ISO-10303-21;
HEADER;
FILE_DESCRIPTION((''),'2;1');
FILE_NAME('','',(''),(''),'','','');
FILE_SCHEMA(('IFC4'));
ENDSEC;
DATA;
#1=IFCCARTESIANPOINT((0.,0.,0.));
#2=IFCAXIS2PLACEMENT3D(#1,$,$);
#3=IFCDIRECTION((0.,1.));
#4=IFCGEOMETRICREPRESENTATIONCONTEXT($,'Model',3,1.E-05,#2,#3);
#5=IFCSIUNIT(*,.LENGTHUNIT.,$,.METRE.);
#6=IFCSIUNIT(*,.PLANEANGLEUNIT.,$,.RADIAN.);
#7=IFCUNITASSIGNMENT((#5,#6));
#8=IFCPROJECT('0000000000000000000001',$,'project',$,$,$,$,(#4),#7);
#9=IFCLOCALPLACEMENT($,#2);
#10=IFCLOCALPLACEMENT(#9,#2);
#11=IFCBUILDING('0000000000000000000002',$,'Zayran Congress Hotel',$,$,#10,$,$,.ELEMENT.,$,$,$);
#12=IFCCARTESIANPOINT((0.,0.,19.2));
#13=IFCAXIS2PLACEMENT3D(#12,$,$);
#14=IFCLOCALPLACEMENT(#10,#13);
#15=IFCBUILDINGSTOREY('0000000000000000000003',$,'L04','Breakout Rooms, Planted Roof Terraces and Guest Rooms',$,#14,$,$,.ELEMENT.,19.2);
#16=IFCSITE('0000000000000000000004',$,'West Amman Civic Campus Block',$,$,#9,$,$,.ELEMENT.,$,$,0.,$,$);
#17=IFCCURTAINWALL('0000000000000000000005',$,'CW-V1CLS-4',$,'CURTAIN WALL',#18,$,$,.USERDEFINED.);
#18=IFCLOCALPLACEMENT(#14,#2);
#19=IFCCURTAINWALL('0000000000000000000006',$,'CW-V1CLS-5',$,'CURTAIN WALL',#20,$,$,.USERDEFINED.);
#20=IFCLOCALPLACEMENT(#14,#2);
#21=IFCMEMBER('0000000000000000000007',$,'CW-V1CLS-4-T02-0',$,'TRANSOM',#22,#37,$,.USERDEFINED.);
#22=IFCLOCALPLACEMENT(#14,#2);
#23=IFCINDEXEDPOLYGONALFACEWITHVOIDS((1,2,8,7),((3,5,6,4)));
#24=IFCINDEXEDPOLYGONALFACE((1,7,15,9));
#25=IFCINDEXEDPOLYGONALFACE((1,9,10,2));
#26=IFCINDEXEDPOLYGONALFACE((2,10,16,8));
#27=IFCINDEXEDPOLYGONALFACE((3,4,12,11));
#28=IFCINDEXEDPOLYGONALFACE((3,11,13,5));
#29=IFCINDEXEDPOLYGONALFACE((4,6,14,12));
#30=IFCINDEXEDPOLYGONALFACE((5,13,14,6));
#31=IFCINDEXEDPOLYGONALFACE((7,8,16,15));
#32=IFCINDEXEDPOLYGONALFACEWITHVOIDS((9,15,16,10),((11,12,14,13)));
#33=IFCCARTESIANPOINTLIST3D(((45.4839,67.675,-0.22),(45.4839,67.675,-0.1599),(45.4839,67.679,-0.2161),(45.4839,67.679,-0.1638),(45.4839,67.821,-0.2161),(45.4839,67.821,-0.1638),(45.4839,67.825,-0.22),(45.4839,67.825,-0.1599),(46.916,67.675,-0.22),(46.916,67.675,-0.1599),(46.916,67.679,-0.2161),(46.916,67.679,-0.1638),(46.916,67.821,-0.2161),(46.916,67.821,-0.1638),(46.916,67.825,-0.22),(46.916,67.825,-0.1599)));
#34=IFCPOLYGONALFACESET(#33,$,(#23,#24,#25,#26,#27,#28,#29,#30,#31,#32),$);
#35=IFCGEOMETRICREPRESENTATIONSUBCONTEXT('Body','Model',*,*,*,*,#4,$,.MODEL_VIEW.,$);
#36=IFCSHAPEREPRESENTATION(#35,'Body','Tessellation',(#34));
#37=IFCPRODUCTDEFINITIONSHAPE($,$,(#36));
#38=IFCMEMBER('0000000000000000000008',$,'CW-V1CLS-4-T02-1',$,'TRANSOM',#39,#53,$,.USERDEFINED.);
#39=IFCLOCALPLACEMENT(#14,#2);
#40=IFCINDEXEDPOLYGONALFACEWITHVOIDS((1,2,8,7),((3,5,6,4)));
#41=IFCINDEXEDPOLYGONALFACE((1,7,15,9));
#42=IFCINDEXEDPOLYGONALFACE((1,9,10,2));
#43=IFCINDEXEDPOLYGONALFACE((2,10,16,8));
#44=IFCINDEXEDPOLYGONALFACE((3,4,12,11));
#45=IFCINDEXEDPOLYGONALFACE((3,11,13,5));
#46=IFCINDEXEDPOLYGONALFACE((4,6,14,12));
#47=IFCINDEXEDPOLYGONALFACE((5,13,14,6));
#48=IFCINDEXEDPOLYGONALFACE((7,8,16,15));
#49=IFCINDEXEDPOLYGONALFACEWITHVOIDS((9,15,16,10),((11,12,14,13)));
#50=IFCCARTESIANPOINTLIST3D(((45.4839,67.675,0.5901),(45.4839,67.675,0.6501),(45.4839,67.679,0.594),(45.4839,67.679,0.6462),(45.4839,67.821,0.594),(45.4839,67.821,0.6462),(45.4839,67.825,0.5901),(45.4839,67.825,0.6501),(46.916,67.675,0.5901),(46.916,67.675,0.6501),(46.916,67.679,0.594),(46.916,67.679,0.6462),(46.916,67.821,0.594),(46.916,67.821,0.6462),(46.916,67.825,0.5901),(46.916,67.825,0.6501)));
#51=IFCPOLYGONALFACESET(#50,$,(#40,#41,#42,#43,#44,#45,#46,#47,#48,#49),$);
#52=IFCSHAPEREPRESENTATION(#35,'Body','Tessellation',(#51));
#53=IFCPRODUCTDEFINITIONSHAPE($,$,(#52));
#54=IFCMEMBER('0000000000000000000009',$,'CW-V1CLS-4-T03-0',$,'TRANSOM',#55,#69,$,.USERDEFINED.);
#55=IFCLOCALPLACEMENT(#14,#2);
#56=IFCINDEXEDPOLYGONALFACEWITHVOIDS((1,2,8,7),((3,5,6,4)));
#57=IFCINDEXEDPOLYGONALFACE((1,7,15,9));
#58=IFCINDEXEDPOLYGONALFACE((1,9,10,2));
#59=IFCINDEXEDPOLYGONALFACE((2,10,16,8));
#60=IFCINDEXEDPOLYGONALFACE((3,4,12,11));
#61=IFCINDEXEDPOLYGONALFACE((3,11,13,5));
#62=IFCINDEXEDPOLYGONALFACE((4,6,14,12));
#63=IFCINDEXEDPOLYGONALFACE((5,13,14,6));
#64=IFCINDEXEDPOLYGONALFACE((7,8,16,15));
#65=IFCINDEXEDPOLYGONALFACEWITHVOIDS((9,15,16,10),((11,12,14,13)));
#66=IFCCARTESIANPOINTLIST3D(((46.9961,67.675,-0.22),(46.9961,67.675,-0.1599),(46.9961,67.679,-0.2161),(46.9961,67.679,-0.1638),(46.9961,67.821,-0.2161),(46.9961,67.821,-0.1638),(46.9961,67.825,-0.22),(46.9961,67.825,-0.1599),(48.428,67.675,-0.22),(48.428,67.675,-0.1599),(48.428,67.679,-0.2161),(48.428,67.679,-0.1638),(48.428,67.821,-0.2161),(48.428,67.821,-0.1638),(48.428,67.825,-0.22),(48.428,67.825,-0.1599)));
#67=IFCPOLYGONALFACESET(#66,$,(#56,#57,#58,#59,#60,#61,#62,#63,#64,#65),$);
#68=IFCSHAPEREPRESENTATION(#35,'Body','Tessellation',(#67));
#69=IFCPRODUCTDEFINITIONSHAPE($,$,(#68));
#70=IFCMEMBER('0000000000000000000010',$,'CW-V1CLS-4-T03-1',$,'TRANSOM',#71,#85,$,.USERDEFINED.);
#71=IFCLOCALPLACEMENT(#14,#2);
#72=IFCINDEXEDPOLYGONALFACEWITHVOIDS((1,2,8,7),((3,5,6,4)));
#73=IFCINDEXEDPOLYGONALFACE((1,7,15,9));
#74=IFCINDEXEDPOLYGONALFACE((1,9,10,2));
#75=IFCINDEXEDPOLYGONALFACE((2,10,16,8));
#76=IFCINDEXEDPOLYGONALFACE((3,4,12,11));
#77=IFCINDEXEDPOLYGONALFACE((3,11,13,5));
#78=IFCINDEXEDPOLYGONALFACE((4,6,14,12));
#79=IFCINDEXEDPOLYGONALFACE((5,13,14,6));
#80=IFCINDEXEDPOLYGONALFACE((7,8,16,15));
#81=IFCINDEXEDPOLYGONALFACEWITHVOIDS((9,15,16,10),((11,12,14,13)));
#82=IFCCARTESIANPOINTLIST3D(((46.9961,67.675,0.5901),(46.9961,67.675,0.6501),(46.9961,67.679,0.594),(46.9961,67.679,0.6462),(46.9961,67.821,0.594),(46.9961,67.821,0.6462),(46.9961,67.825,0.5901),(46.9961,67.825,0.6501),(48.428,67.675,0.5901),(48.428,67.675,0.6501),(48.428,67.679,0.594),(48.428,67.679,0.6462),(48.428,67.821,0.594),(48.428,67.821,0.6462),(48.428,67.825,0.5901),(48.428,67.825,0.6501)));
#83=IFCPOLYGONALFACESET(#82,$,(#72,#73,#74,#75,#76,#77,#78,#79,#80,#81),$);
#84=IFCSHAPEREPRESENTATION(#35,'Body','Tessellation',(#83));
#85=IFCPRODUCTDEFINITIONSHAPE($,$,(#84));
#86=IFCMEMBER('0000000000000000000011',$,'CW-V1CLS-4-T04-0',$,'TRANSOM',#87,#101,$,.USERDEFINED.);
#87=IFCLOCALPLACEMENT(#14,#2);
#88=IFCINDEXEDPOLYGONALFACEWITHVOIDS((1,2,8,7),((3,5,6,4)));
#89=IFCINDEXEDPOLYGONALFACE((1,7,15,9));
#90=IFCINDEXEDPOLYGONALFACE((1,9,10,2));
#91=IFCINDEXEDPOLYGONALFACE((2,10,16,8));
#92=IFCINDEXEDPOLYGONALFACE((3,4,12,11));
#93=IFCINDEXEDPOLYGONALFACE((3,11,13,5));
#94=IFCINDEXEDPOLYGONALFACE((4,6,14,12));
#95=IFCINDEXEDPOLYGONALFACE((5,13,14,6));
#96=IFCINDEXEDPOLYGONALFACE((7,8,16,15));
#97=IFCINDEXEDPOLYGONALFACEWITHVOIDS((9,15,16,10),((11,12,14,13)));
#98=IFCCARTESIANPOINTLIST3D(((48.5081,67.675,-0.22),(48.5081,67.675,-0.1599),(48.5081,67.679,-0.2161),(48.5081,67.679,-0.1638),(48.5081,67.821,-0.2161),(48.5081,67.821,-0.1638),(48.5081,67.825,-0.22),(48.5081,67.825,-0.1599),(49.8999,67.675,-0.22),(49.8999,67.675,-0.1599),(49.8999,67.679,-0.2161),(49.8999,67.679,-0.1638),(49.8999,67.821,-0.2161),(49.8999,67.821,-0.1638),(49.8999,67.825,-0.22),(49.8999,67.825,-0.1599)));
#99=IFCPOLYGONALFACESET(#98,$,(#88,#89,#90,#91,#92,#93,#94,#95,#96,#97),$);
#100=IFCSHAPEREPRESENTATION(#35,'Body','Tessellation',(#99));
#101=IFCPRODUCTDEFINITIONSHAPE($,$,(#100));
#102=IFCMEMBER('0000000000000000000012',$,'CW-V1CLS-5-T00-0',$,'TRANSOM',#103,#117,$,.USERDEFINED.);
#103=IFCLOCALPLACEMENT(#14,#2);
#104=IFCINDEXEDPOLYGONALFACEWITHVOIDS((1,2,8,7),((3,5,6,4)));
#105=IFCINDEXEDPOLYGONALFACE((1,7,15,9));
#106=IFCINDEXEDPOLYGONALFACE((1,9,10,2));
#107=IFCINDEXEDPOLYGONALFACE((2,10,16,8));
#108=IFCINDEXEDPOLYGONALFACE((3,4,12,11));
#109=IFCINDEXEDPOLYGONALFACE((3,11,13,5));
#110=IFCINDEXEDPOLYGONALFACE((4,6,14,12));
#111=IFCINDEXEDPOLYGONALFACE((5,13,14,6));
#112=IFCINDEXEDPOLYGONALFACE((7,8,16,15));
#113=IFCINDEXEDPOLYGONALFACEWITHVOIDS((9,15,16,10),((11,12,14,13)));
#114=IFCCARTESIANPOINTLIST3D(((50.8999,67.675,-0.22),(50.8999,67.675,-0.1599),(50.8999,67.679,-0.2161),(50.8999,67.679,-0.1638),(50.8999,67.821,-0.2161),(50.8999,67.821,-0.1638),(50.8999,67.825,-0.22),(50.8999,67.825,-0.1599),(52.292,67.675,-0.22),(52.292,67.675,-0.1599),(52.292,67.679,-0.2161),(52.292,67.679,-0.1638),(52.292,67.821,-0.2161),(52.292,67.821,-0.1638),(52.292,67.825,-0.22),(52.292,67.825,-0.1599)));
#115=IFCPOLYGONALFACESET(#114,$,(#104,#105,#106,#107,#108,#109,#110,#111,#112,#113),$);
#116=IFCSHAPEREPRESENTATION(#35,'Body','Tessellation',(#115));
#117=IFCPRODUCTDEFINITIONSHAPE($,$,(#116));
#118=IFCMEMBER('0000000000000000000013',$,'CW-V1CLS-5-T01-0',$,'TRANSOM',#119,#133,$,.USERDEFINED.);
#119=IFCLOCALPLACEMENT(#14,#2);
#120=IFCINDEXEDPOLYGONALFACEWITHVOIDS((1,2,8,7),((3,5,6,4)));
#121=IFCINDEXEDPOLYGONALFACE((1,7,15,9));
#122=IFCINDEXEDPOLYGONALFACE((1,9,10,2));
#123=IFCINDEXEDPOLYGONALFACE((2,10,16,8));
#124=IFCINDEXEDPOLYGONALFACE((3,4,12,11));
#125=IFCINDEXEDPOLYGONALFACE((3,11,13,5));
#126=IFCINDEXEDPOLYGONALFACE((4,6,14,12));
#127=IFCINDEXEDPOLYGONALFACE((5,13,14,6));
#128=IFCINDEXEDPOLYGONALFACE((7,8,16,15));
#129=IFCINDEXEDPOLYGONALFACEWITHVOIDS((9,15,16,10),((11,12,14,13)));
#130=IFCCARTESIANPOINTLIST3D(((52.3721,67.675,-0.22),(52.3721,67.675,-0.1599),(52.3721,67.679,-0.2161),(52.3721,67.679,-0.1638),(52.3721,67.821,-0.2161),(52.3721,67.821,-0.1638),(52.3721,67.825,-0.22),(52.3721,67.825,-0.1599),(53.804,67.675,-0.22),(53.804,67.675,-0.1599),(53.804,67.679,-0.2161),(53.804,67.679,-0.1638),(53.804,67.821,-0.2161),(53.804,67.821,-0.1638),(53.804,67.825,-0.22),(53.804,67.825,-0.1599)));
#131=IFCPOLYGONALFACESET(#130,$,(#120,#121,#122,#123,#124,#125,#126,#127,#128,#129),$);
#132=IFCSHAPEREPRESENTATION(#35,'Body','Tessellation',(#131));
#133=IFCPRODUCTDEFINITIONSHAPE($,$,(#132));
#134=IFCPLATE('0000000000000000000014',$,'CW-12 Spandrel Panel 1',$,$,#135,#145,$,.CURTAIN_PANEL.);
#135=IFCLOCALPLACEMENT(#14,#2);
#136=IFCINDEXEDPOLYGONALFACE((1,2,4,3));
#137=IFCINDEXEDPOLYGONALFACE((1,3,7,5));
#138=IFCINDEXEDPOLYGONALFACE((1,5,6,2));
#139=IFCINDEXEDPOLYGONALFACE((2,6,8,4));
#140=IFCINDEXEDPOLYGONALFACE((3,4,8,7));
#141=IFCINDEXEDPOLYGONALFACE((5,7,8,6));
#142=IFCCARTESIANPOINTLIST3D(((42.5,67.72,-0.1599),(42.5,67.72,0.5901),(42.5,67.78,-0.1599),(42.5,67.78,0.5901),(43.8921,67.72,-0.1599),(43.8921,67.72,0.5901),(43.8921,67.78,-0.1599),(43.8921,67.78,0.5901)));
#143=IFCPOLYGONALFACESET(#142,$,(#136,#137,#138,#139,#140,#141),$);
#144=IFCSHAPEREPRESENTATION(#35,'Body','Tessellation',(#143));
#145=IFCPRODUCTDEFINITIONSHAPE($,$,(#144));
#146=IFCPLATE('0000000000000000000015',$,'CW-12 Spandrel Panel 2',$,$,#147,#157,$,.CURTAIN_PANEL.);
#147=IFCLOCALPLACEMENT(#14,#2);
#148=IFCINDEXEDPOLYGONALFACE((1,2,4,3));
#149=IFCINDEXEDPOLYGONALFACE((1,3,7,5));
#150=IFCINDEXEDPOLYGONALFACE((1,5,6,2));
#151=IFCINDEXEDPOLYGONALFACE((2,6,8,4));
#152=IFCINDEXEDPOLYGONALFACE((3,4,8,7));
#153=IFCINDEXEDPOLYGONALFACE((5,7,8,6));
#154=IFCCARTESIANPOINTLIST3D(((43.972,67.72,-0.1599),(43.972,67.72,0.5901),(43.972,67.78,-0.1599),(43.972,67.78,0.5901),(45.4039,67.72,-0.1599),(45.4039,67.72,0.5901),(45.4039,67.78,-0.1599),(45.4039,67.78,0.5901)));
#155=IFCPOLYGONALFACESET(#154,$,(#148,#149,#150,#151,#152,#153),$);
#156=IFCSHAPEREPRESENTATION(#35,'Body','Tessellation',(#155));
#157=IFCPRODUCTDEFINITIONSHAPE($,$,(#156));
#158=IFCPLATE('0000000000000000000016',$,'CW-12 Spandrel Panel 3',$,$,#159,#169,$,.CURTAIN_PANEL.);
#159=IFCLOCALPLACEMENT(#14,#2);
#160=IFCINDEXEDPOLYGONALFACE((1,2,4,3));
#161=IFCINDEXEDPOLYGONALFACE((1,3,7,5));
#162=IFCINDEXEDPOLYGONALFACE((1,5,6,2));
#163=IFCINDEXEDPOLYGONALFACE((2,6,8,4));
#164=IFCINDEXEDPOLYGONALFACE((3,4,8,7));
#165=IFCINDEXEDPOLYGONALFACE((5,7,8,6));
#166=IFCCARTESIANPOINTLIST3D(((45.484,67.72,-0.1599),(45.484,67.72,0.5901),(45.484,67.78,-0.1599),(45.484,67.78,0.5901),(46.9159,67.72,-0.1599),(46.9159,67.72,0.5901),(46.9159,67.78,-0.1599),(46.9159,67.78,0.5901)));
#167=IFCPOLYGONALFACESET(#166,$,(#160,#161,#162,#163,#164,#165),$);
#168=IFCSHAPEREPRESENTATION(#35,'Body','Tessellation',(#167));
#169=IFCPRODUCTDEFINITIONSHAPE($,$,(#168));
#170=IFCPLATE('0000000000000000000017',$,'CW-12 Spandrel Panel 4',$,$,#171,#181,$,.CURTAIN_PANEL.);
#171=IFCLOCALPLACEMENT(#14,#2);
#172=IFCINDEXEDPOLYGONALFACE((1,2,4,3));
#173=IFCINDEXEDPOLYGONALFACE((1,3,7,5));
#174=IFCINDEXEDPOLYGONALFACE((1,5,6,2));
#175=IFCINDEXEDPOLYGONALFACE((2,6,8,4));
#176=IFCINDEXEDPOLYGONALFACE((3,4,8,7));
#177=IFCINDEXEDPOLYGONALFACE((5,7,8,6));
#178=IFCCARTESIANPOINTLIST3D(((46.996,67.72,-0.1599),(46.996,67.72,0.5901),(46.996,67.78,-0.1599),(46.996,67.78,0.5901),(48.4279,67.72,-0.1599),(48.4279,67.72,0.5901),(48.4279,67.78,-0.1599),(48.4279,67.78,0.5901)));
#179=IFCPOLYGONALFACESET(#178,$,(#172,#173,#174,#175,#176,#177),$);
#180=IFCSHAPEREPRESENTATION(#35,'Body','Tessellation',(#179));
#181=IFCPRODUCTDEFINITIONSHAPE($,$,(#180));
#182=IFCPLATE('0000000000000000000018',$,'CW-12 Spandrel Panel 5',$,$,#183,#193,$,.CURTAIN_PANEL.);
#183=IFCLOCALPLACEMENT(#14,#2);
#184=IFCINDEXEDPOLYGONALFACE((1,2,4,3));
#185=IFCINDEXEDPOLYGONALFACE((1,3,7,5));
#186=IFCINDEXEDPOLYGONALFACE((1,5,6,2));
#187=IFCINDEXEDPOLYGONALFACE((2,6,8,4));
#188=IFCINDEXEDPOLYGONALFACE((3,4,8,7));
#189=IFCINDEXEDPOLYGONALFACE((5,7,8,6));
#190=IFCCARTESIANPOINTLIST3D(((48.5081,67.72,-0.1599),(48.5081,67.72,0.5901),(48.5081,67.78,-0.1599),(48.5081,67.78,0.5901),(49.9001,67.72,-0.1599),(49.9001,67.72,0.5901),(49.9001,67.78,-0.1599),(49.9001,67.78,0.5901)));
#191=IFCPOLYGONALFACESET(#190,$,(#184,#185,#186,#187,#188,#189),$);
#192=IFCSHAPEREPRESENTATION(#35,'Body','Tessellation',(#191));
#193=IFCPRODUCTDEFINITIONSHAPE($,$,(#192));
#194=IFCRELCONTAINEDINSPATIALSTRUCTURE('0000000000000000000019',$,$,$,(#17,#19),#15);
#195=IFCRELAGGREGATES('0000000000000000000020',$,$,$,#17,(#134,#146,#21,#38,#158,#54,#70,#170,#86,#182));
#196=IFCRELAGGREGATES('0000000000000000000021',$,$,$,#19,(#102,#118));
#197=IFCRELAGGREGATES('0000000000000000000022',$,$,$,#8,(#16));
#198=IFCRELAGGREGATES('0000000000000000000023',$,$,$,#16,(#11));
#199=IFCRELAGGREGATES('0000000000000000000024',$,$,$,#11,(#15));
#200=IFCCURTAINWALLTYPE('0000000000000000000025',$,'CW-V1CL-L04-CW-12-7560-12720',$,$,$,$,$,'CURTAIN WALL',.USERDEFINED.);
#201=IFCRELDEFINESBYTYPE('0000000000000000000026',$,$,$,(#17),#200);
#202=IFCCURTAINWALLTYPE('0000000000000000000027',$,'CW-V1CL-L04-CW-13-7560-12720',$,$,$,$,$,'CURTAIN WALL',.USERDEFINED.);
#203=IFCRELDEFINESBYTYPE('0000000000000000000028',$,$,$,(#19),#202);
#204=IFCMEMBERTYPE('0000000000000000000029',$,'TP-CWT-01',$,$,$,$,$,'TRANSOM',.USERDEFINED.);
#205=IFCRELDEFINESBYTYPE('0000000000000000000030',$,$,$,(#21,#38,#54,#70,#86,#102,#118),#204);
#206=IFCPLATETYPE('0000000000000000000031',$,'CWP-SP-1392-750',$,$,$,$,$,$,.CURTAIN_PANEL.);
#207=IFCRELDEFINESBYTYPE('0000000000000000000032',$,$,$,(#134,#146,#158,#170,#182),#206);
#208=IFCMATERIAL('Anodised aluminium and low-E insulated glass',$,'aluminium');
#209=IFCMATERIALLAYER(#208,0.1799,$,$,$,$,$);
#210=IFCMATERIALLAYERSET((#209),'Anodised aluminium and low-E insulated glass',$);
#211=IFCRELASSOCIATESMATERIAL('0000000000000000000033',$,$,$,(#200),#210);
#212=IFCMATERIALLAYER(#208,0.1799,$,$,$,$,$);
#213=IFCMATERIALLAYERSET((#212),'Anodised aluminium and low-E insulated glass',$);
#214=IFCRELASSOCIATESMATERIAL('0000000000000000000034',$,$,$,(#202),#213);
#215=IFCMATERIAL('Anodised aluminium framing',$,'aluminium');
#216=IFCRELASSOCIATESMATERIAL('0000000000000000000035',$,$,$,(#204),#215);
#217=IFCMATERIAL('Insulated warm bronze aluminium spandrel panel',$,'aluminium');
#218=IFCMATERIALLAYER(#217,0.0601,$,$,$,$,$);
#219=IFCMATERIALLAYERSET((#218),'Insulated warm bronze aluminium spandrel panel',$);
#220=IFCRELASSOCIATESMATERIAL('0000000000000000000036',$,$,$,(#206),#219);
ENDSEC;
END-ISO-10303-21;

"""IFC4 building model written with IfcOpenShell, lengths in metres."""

from ifc_helpers import new_model, si_unit, direction, frame, origin, origin_2d, place, context, subcontext, project, spatial, rectangle, hollow_rectangle, extrude, material, layer, layer_set, material_profile, profile_set, type_object, element, aggregate, save


model = new_model("IFC4")

# Units and contexts
model_context = context("Model", 3, precision=1e-05, world=origin(), true_north=direction((0.0, 1.0)))
body_context = subcontext(model_context, "Body", "Model", "MODEL_VIEW")
ifc_project = project(units=[si_unit("LENGTHUNIT", "METRE"), si_unit("PLANEANGLEUNIT", "RADIAN")], contexts=[model_context])

# Site, building, storey
site_placement = place(None, origin())
site = spatial("IfcSite", under=ifc_project, at=site_placement, Name="West Amman Civic Campus Block", CompositionType="ELEMENT", RefElevation=0.0)
building_placement = place(site_placement, origin())
building = spatial("IfcBuilding", under=site, at=building_placement, Name="Zayran Congress Hotel", CompositionType="ELEMENT")
storey_placement = place(building_placement, frame((0.0, 0.0, 19.2)))
storey = spatial("IfcBuildingStorey", under=building, at=storey_placement, Name="L04", Description="Breakout Rooms, Planted Roof Terraces and Guest Rooms", CompositionType="ELEMENT", Elevation=19.2)

# Curtain walls
ifc_material_1 = material(Name="Anodised aluminium and low-E insulated glass", Category="aluminium")
ifc_layer_1 = layer(ifc_material_1, 0.1799)
ifc_layer_set_1 = layer_set([ifc_layer_1], Name="Anodised aluminium and low-E insulated glass")
curtain_wall_type_1 = type_object("IfcCurtainWallType", Name="CW-V1CL-L04-CW-12-7560-12720", ElementType="CURTAIN WALL", PredefinedType="USERDEFINED", material=ifc_layer_set_1)
curtain_wall_1_placement = place(storey_placement, origin())
curtain_wall_1 = element("IfcCurtainWall", 1, at=curtain_wall_1_placement, inside=storey, type_object=curtain_wall_type_1, Name="CW-V1CLS-4", ObjectType="CURTAIN WALL", PredefinedType="USERDEFINED")
ifc_material_2 = material(Name="Anodised aluminium framing", Category="aluminium")
ifc_layer_2 = layer(ifc_material_1, 0.1799)
ifc_layer_set_2 = layer_set([ifc_layer_2], Name="Anodised aluminium and low-E insulated glass")
curtain_wall_type_2 = type_object("IfcCurtainWallType", Name="CW-V1CL-L04-CW-13-7560-12720", ElementType="CURTAIN WALL", PredefinedType="USERDEFINED", material=ifc_layer_set_2)
curtain_wall_2_placement = place(storey_placement, origin())
curtain_wall_2 = element("IfcCurtainWall", 2, at=curtain_wall_2_placement, inside=storey, type_object=curtain_wall_type_2, Name="CW-V1CLS-5", ObjectType="CURTAIN WALL", PredefinedType="USERDEFINED")

# Members
ifc_material_profile_1 = material_profile(ifc_material_2, hollow_rectangle(XDim=0.0601, YDim=0.1499, WallThickness=0.0039, at=origin_2d()), Name="RHS 150x60x4")
ifc_profile_set_1 = profile_set([ifc_material_profile_1], Name="Anodised aluminium framing")
member_type_1 = type_object("IfcMemberType", Name="TP-CWT-01", ElementType="TRANSOM", PredefinedType="USERDEFINED", material=ifc_profile_set_1)
member_1_placement = place(storey_placement, frame((45.4839, 67.75, -0.1899), z_axis=(1.0, 0.0, 0.0), x_axis=(0.0, 0.0, 1.0)))
member_1 = element("IfcMember", 3, at=member_1_placement, type_object=member_type_1, Name="CW-V1CLS-4-T02-0", ObjectType="TRANSOM", PredefinedType="USERDEFINED", context=body_context, shape_type="SweptSolid", body=[
    extrude(hollow_rectangle(XDim=0.0601, YDim=0.1499, WallThickness=0.0039, at=origin_2d()), origin(), (0.0, 0.0, 1.0), 1.4321),
])
member_2_placement = place(storey_placement, frame((45.4839, 67.75, 0.6201), z_axis=(1.0, 0.0, 0.0), x_axis=(0.0, 0.0, 1.0)))
member_2 = element("IfcMember", 4, at=member_2_placement, type_object=member_type_1, Name="CW-V1CLS-4-T02-1", ObjectType="TRANSOM", PredefinedType="USERDEFINED", context=body_context, shape_type="SweptSolid", body=[
    extrude(hollow_rectangle(XDim=0.0601, YDim=0.1499, WallThickness=0.0039, at=origin_2d()), origin(), (0.0, 0.0, 1.0), 1.4321),
])
member_3_placement = place(storey_placement, frame((46.9961, 67.75, -0.1899), z_axis=(1.0, 0.0, 0.0), x_axis=(0.0, 0.0, 1.0)))
member_3 = element("IfcMember", 5, at=member_3_placement, type_object=member_type_1, Name="CW-V1CLS-4-T03-0", ObjectType="TRANSOM", PredefinedType="USERDEFINED", context=body_context, shape_type="SweptSolid", body=[
    extrude(hollow_rectangle(XDim=0.0601, YDim=0.1499, WallThickness=0.0039, at=origin_2d()), origin(), (0.0, 0.0, 1.0), 1.4319),
])
member_4_placement = place(storey_placement, frame((46.9961, 67.75, 0.6201), z_axis=(1.0, 0.0, 0.0), x_axis=(0.0, 0.0, 1.0)))
member_4 = element("IfcMember", 6, at=member_4_placement, type_object=member_type_1, Name="CW-V1CLS-4-T03-1", ObjectType="TRANSOM", PredefinedType="USERDEFINED", context=body_context, shape_type="SweptSolid", body=[
    extrude(hollow_rectangle(XDim=0.0601, YDim=0.1499, WallThickness=0.0039, at=origin_2d()), origin(), (0.0, 0.0, 1.0), 1.4319),
])
member_5_placement = place(storey_placement, frame((48.5081, 67.75, -0.1899), z_axis=(1.0, 0.0, 0.0), x_axis=(0.0, 0.0, 1.0)))
member_5 = element("IfcMember", 7, at=member_5_placement, type_object=member_type_1, Name="CW-V1CLS-4-T04-0", ObjectType="TRANSOM", PredefinedType="USERDEFINED", context=body_context, shape_type="SweptSolid", body=[
    extrude(hollow_rectangle(XDim=0.0601, YDim=0.1499, WallThickness=0.0039, at=origin_2d()), origin(), (0.0, 0.0, 1.0), 1.3918),
])
member_6_placement = place(storey_placement, frame((50.8999, 67.75, -0.1899), z_axis=(1.0, 0.0, 0.0), x_axis=(0.0, 0.0, 1.0)))
member_6 = element("IfcMember", 8, at=member_6_placement, type_object=member_type_1, Name="CW-V1CLS-5-T00-0", ObjectType="TRANSOM", PredefinedType="USERDEFINED", context=body_context, shape_type="SweptSolid", body=[
    extrude(hollow_rectangle(XDim=0.0601, YDim=0.1499, WallThickness=0.0039, at=origin_2d()), origin(), (0.0, 0.0, 1.0), 1.3921),
])
member_7_placement = place(storey_placement, frame((52.3721, 67.75, -0.1899), z_axis=(1.0, 0.0, 0.0), x_axis=(0.0, 0.0, 1.0)))
member_7 = element("IfcMember", 9, at=member_7_placement, type_object=member_type_1, Name="CW-V1CLS-5-T01-0", ObjectType="TRANSOM", PredefinedType="USERDEFINED", context=body_context, shape_type="SweptSolid", body=[
    extrude(hollow_rectangle(XDim=0.0601, YDim=0.1499, WallThickness=0.0039, at=origin_2d()), origin(), (0.0, 0.0, 1.0), 1.4319),
])

# Plates
ifc_material_3 = material(Name="Insulated warm bronze aluminium spandrel panel", Category="aluminium")
ifc_layer_3 = layer(ifc_material_3, 0.0601)
ifc_layer_set_3 = layer_set([ifc_layer_3], Name="Insulated warm bronze aluminium spandrel panel")
plate_type = type_object("IfcPlateType", Name="CWP-SP-1392-750", PredefinedType="CURTAIN_PANEL", material=ifc_layer_set_3)
plate_1_placement = place(storey_placement, frame((43.196, 67.75, -0.1599), z_axis=(0.0, 0.0, 1.0), x_axis=(1.0, 0.0, 0.0)))
plate_1 = element("IfcPlate", 10, at=plate_1_placement, type_object=plate_type, Name="CW-12 Spandrel Panel 1", PredefinedType="CURTAIN_PANEL", context=body_context, shape_type="SweptSolid", body=[
    extrude(rectangle(XDim=1.3921, YDim=0.0601, at=origin_2d()), origin(), (0.0, 0.0, 1.0), 0.75),
])
plate_2_placement = place(storey_placement, frame((44.688, 67.75, -0.1599), z_axis=(0.0, 0.0, 1.0), x_axis=(1.0, 0.0, 0.0)))
plate_2 = element("IfcPlate", 11, at=plate_2_placement, type_object=plate_type, Name="CW-12 Spandrel Panel 2", PredefinedType="CURTAIN_PANEL", context=body_context, shape_type="SweptSolid", body=[
    extrude(rectangle(XDim=1.4319, YDim=0.0601, at=origin_2d()), origin(), (0.0, 0.0, 1.0), 0.75),
])
plate_3_placement = place(storey_placement, frame((46.2, 67.75, -0.1599), z_axis=(0.0, 0.0, 1.0), x_axis=(1.0, 0.0, 0.0)))
plate_3 = element("IfcPlate", 12, at=plate_3_placement, type_object=plate_type, Name="CW-12 Spandrel Panel 3", PredefinedType="CURTAIN_PANEL", context=body_context, shape_type="SweptSolid", body=[
    extrude(rectangle(XDim=1.4319, YDim=0.0601, at=origin_2d()), origin(), (0.0, 0.0, 1.0), 0.75),
])
plate_4_placement = place(storey_placement, frame((47.7119, 67.75, -0.1599), z_axis=(0.0, 0.0, 1.0), x_axis=(1.0, 0.0, 0.0)))
plate_4 = element("IfcPlate", 13, at=plate_4_placement, type_object=plate_type, Name="CW-12 Spandrel Panel 4", PredefinedType="CURTAIN_PANEL", context=body_context, shape_type="SweptSolid", body=[
    extrude(rectangle(XDim=1.4319, YDim=0.0601, at=origin_2d()), origin(), (0.0, 0.0, 1.0), 0.75),
])
plate_5_placement = place(storey_placement, frame((49.2041, 67.75, -0.1599), z_axis=(0.0, 0.0, 1.0), x_axis=(1.0, 0.0, 0.0)))
plate_5 = element("IfcPlate", 14, at=plate_5_placement, type_object=plate_type, Name="CW-12 Spandrel Panel 5", PredefinedType="CURTAIN_PANEL", context=body_context, shape_type="SweptSolid", body=[
    extrude(rectangle(XDim=1.3921, YDim=0.0601, at=origin_2d()), origin(), (0.0, 0.0, 1.0), 0.75),
])
aggregate(curtain_wall_1, [plate_1, plate_2, member_1, member_2, plate_3, member_3, member_4, plate_4, member_5, plate_5])
aggregate(curtain_wall_2, [member_6, member_7])

save(model, "model.ifc")
